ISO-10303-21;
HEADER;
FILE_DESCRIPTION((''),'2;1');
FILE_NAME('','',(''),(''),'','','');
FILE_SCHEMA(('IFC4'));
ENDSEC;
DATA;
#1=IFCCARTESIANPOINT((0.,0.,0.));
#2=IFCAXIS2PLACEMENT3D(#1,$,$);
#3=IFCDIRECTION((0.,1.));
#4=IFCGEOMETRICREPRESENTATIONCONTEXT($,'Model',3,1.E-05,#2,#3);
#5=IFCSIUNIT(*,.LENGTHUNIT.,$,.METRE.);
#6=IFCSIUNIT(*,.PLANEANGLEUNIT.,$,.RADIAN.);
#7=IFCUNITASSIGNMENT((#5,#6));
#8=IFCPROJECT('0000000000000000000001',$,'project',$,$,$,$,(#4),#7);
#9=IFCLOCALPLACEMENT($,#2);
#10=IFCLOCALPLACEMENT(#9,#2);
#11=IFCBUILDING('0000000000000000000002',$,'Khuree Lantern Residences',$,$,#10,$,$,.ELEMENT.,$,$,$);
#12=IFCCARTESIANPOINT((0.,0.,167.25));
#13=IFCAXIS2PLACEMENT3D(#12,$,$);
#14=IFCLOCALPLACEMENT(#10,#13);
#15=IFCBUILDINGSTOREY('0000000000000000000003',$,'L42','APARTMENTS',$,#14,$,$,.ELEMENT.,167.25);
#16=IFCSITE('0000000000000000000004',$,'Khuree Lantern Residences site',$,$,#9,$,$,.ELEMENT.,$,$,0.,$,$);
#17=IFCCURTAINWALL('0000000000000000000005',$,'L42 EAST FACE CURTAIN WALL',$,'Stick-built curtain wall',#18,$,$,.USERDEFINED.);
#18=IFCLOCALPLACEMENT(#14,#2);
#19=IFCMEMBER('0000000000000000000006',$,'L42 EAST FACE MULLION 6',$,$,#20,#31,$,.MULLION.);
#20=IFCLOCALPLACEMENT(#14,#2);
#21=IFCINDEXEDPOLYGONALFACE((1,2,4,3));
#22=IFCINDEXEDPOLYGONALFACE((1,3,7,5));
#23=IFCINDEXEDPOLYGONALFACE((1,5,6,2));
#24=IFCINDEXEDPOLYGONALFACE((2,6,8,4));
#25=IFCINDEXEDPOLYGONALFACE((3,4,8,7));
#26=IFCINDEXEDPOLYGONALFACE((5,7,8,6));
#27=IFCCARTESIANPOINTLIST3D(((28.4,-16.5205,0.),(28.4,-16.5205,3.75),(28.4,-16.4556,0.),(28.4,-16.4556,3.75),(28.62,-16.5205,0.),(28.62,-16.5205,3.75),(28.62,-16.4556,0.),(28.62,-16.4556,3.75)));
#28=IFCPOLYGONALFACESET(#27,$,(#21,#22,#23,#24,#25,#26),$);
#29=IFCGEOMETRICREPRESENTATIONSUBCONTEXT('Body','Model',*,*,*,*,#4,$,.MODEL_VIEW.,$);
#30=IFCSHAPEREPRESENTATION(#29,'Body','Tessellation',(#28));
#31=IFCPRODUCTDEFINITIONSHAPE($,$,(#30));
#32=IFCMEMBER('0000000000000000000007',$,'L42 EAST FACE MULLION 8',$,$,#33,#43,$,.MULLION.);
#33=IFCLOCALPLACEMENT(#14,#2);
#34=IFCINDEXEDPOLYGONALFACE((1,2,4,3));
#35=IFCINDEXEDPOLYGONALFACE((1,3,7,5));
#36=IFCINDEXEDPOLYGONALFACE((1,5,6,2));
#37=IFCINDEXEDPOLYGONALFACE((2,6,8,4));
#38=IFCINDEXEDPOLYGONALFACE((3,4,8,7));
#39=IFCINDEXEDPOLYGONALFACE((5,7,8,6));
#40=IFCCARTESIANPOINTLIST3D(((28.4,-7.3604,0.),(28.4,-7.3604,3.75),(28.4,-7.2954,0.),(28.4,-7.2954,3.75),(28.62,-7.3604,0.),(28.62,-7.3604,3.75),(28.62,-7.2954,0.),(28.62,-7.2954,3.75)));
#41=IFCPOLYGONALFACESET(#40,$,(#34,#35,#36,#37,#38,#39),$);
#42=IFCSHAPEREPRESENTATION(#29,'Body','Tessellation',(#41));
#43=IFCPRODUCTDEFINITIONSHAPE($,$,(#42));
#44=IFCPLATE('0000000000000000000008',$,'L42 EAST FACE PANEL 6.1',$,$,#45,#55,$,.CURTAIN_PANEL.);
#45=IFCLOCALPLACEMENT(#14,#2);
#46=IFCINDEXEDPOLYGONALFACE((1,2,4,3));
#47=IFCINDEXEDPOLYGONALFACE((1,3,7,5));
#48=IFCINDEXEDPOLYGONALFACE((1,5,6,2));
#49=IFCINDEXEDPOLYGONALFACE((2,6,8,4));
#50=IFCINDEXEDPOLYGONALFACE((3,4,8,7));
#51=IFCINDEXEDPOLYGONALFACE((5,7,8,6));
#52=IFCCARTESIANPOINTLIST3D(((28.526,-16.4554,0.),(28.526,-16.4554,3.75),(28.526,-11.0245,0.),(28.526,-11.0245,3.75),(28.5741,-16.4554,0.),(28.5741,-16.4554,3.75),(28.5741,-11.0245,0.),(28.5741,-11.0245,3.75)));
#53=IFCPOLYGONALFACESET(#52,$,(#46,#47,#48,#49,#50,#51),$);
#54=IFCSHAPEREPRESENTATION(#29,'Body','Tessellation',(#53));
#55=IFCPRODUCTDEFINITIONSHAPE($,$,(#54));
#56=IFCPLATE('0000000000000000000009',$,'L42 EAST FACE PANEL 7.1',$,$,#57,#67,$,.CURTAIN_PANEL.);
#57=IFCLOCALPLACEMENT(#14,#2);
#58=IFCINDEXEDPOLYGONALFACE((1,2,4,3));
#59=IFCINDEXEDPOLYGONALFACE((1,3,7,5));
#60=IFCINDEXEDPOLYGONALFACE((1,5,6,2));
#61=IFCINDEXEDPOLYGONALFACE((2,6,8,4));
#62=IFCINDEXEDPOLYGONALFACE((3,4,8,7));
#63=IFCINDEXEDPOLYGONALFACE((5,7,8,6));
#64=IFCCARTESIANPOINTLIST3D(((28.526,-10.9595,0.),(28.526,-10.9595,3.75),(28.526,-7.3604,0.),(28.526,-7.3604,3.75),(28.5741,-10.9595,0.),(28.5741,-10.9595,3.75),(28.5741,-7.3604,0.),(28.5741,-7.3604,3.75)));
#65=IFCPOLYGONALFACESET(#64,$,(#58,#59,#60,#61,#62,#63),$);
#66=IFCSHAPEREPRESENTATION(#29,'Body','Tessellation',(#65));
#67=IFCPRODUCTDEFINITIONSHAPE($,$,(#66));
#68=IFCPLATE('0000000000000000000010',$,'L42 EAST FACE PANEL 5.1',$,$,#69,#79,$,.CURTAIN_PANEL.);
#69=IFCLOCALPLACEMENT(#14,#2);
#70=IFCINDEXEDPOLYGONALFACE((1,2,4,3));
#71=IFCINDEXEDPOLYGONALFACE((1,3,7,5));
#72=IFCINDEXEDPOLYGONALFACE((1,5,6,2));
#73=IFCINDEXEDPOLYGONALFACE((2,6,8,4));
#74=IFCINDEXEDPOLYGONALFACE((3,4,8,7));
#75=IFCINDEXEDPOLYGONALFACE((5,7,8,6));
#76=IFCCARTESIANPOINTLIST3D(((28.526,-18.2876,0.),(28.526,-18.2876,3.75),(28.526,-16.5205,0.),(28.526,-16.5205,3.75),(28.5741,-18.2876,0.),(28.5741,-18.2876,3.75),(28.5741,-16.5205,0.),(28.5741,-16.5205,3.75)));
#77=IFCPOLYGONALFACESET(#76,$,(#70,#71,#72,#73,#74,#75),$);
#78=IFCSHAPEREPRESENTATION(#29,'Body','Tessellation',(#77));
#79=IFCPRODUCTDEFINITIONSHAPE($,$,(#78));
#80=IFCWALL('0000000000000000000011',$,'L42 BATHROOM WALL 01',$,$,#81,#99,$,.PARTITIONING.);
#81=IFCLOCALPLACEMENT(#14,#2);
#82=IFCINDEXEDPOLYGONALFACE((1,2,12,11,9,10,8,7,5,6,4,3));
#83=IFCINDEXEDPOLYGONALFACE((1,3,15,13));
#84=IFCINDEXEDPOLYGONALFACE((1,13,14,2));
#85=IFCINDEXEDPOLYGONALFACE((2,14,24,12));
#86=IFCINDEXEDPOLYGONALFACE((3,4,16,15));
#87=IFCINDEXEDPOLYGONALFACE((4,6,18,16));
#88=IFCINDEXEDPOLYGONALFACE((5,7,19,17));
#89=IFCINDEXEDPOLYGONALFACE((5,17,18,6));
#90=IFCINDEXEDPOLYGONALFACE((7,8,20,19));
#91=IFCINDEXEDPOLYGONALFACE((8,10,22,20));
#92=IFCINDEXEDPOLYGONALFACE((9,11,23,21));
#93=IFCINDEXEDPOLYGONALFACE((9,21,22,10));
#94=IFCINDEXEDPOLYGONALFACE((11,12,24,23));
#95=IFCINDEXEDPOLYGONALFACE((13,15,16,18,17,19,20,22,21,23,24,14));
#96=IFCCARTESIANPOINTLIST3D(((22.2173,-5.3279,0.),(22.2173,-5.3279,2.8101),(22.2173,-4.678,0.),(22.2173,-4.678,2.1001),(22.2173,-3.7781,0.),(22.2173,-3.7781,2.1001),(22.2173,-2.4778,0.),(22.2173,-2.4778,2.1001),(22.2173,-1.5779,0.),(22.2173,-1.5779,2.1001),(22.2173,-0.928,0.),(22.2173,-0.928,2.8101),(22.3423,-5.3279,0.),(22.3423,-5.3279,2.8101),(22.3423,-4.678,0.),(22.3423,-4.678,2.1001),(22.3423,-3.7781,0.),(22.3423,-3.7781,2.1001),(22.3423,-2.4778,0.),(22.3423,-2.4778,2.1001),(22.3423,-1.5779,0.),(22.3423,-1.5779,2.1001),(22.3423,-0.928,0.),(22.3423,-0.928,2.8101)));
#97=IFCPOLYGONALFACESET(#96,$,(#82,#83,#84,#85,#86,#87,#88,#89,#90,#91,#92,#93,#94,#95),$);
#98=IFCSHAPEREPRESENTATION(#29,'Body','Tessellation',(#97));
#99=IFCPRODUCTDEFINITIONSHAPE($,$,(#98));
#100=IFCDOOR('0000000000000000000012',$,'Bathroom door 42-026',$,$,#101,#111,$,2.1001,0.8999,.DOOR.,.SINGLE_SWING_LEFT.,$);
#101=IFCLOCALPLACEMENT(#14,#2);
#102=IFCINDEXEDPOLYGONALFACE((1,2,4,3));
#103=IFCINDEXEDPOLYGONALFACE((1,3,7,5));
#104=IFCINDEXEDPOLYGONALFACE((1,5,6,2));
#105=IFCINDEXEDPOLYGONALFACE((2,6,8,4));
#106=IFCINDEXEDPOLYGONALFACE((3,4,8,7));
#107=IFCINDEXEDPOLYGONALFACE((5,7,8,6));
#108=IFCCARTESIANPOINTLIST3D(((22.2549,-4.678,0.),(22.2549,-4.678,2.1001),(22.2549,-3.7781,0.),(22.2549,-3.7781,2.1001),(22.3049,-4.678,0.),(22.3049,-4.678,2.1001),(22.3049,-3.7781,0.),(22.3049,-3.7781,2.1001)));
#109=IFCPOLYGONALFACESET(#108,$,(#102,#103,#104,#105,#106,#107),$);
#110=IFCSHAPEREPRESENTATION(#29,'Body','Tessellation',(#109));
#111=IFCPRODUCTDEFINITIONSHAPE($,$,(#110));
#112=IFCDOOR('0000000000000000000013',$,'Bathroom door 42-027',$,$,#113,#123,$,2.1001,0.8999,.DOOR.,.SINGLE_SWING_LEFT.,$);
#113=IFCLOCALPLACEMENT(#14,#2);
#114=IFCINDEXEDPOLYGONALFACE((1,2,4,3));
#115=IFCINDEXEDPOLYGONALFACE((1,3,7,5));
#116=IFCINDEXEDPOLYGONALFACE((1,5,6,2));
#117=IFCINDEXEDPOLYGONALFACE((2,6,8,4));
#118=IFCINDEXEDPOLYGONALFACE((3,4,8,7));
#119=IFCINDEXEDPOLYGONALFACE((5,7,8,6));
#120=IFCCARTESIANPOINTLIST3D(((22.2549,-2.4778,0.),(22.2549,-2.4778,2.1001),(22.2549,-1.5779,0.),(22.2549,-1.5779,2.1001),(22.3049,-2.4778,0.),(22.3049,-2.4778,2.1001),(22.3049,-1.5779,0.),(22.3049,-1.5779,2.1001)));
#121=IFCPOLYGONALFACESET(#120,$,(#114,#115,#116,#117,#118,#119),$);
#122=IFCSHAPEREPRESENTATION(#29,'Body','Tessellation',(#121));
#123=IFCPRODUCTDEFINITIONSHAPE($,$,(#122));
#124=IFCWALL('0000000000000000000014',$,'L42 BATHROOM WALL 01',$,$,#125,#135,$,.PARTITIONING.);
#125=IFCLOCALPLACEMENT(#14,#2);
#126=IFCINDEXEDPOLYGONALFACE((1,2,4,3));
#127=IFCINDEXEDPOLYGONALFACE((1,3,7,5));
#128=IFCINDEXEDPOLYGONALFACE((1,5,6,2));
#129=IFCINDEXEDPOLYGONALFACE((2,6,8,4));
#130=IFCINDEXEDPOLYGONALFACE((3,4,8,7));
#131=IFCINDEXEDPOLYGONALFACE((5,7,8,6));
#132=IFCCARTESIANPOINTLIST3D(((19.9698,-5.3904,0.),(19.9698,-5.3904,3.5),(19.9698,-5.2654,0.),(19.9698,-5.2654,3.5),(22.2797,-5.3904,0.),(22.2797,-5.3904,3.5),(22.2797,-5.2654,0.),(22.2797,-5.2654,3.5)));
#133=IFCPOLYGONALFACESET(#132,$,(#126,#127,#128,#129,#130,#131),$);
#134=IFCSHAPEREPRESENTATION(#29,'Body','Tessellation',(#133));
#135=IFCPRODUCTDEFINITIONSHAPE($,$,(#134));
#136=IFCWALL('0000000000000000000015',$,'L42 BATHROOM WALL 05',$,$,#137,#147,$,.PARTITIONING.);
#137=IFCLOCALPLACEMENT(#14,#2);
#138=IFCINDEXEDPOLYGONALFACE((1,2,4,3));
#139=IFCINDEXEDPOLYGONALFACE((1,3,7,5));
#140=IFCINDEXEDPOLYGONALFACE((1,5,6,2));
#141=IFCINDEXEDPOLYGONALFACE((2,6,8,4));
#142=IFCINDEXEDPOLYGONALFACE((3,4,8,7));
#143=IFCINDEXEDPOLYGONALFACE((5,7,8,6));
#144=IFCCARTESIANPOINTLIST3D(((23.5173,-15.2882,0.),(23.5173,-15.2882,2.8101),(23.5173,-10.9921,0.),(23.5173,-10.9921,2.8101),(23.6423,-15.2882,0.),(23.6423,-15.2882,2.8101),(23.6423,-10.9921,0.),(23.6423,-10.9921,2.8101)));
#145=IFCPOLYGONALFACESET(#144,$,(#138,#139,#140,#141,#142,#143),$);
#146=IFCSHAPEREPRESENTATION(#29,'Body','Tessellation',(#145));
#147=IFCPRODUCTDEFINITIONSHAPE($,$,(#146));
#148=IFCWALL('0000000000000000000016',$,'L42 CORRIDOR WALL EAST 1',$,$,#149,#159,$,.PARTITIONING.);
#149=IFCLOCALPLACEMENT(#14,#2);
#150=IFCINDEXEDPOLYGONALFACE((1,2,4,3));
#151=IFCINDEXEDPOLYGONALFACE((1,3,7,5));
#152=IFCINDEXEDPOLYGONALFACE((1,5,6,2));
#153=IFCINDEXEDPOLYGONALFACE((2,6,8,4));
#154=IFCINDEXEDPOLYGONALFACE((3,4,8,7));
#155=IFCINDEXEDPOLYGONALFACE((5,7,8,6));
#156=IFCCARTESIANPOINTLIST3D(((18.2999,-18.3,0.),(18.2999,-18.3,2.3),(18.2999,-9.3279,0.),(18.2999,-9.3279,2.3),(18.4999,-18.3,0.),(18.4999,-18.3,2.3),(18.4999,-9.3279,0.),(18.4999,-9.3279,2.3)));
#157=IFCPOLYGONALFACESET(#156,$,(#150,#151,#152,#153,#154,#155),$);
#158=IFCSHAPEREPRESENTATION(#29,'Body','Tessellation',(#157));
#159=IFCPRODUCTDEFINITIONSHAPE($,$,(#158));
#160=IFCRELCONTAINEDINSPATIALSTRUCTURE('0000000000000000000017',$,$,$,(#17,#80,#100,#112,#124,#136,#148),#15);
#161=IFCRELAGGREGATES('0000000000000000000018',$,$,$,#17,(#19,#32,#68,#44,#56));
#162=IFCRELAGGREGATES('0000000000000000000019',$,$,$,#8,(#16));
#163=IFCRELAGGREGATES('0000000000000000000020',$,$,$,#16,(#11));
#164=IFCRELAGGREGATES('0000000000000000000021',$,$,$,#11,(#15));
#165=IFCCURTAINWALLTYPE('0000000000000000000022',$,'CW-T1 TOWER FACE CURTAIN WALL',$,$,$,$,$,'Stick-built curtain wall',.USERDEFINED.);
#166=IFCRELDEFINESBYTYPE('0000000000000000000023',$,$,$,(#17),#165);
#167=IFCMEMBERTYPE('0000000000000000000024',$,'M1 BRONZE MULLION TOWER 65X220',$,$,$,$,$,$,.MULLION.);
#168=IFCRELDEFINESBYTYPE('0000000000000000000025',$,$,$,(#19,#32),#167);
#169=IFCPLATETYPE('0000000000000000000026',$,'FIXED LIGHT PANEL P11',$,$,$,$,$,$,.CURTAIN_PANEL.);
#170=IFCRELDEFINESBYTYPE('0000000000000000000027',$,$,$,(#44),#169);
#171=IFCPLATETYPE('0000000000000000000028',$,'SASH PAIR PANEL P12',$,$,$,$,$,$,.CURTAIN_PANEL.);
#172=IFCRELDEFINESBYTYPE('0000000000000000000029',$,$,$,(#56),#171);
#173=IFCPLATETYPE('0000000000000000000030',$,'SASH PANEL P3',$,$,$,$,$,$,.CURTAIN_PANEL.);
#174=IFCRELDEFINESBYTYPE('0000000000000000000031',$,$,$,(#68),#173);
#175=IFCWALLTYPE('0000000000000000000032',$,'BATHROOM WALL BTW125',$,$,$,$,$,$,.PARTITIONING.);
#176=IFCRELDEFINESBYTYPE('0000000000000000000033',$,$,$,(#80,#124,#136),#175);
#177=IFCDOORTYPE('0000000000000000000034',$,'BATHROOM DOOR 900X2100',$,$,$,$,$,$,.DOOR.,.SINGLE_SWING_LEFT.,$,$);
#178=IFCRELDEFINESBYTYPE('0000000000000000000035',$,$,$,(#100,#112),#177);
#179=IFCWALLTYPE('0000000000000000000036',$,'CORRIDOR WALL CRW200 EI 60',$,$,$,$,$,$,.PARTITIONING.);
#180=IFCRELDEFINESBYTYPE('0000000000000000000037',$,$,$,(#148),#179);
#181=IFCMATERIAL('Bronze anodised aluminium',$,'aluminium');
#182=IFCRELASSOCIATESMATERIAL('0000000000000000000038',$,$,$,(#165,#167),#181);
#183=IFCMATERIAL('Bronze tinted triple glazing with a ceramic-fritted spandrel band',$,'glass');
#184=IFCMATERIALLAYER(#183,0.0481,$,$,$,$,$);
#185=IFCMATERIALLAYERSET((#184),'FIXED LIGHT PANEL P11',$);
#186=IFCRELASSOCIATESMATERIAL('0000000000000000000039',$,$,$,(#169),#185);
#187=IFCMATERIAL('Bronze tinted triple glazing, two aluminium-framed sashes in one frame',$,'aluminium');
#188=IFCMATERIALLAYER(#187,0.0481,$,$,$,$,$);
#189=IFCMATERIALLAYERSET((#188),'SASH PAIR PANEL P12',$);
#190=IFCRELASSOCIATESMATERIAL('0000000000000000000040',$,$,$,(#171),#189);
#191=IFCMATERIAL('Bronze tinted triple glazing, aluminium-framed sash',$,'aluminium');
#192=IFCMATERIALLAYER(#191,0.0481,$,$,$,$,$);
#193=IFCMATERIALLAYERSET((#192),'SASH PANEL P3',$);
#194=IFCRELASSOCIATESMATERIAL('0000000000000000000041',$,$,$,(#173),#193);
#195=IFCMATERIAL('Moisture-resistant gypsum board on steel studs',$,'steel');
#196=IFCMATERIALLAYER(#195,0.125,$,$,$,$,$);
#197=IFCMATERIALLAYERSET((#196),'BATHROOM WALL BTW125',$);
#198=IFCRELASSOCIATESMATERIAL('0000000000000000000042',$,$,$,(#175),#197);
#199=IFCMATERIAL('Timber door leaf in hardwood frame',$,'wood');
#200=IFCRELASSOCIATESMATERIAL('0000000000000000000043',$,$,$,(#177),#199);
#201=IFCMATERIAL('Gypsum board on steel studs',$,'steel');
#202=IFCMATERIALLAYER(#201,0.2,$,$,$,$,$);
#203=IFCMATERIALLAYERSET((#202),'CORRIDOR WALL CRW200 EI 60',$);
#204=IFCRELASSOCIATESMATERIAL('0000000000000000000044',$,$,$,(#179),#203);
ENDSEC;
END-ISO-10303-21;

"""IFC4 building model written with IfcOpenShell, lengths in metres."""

from ifc_helpers import new_model, si_unit, direction, frame, frame_2d, origin, origin_2d, place, context, subcontext, project, spatial, rectangle, extrude, material, layer, layer_set, material_profile, profile_set, type_object, element, fill, aggregate, save


model = new_model("IFC4")

# Units and contexts
model_context = context("Model", 3, precision=1e-05, world=origin(), true_north=direction((0.0, 1.0)))
body_context = subcontext(model_context, "Body", "Model", "MODEL_VIEW")
ifc_project = project(units=[si_unit("LENGTHUNIT", "METRE"), si_unit("PLANEANGLEUNIT", "RADIAN")], contexts=[model_context])

# Site, building, storey
site_placement = place(None, origin())
site = spatial("IfcSite", under=ifc_project, at=site_placement, Name="Khuree Lantern Residences site", CompositionType="ELEMENT", RefElevation=0.0)
building_placement = place(site_placement, origin())
building = spatial("IfcBuilding", under=site, at=building_placement, Name="Khuree Lantern Residences", CompositionType="ELEMENT")
storey_placement = place(building_placement, frame((0.0, 0.0, 167.25)))
storey = spatial("IfcBuildingStorey", under=building, at=storey_placement, Name="L42", Description="APARTMENTS", CompositionType="ELEMENT", Elevation=167.25)

# Curtain wall
ifc_material_1 = material(Name="Bronze anodised aluminium", Category="aluminium")
curtain_wall_type = type_object("IfcCurtainWallType", Name="CW-T1 TOWER FACE CURTAIN WALL", ElementType="Stick-built curtain wall", PredefinedType="USERDEFINED", material=ifc_material_1)
curtain_wall_placement = place(storey_placement, origin())
curtain_wall = element("IfcCurtainWall", 1, at=curtain_wall_placement, inside=storey, type_object=curtain_wall_type, Name="L42 EAST FACE CURTAIN WALL", ObjectType="Stick-built curtain wall", PredefinedType="USERDEFINED")

# Members
ifc_material_profile_1 = material_profile(ifc_material_1, rectangle(XDim=0.0649, YDim=0.22, at=origin_2d()), Name="M1 65X220")
ifc_profile_set_1 = profile_set([ifc_material_profile_1], Name="Bronze anodised aluminium")
member_type_1 = type_object("IfcMemberType", Name="M1 BRONZE MULLION TOWER 65X220", PredefinedType="MULLION", material=ifc_profile_set_1)
member_1_placement = place(storey_placement, frame((28.51, -16.488, 0.0), z_axis=(0.0, 0.0, 1.0), x_axis=(0.0, 1.0, 0.0)))
member_1 = element("IfcMember", 2, at=member_1_placement, type_object=member_type_1, Name="L42 EAST FACE MULLION 6", PredefinedType="MULLION", context=body_context, shape_type="SweptSolid", body=[
    extrude(rectangle(XDim=0.0649, YDim=0.22, at=origin_2d()), origin(), (0.0, 0.0, 1.0), 3.75),
])
member_2_placement = place(storey_placement, frame((28.51, -7.3279, 0.0), z_axis=(0.0, 0.0, 1.0), x_axis=(0.0, 1.0, 0.0)))
member_2 = element("IfcMember", 3, at=member_2_placement, type_object=member_type_1, Name="L42 EAST FACE MULLION 8", PredefinedType="MULLION", context=body_context, shape_type="SweptSolid", body=[
    extrude(rectangle(XDim=0.0649, YDim=0.22, at=origin_2d()), origin(), (0.0, 0.0, 1.0), 3.75),
])

# Plates
ifc_material_2 = material(Name="Bronze tinted triple glazing with a ceramic-fritted spandrel band", Category="glass")
ifc_layer_1 = layer(ifc_material_2, 0.0481)
ifc_layer_set_1 = layer_set([ifc_layer_1], Name="FIXED LIGHT PANEL P11")
plate_type_1 = type_object("IfcPlateType", Name="FIXED LIGHT PANEL P11", PredefinedType="CURTAIN_PANEL", material=ifc_layer_set_1)
plate_1_placement = place(storey_placement, frame((28.55, -13.74, 0.0), z_axis=(0.0, 0.0, 1.0), x_axis=(0.0, 1.0, 0.0)))
plate_1 = element("IfcPlate", 4, at=plate_1_placement, type_object=plate_type_1, Name="L42 EAST FACE PANEL 6.1", PredefinedType="CURTAIN_PANEL", context=body_context, shape_type="SweptSolid", body=[
    extrude(rectangle(XDim=5.4309, YDim=0.0481, at=origin_2d()), origin(), (0.0, 0.0, 1.0), 3.75),
])
ifc_material_3 = material(Name="Bronze tinted triple glazing, two aluminium-framed sashes in one frame", Category="aluminium")
ifc_layer_2 = layer(ifc_material_3, 0.0481)
ifc_layer_set_2 = layer_set([ifc_layer_2], Name="SASH PAIR PANEL P12")
plate_type_2 = type_object("IfcPlateType", Name="SASH PAIR PANEL P12", PredefinedType="CURTAIN_PANEL", material=ifc_layer_set_2)
plate_2_placement = place(storey_placement, frame((28.55, -9.1599, 0.0), z_axis=(0.0, 0.0, 1.0), x_axis=(0.0, 1.0, 0.0)))
plate_2 = element("IfcPlate", 5, at=plate_2_placement, type_object=plate_type_2, Name="L42 EAST FACE PANEL 7.1", PredefinedType="CURTAIN_PANEL", context=body_context, shape_type="SweptSolid", body=[
    extrude(rectangle(XDim=3.5991, YDim=0.0481, at=origin_2d()), origin(), (0.0, 0.0, 1.0), 3.75),
])
ifc_material_4 = material(Name="Bronze tinted triple glazing, aluminium-framed sash", Category="aluminium")
ifc_layer_3 = layer(ifc_material_4, 0.0481)
ifc_layer_set_3 = layer_set([ifc_layer_3], Name="SASH PANEL P3")
plate_type_3 = type_object("IfcPlateType", Name="SASH PANEL P3", PredefinedType="CURTAIN_PANEL", material=ifc_layer_set_3)
plate_3_placement = place(storey_placement, frame((28.55, -17.4041, 0.0), z_axis=(0.0, 0.0, 1.0), x_axis=(0.0, 1.0, 0.0)))
plate_3 = element("IfcPlate", 6, at=plate_3_placement, type_object=plate_type_3, Name="L42 EAST FACE PANEL 5.1", PredefinedType="CURTAIN_PANEL", context=body_context, shape_type="SweptSolid", body=[
    extrude(rectangle(XDim=1.7671, YDim=0.0481, at=origin_2d()), origin(), (0.0, 0.0, 1.0), 3.75),
])
aggregate(curtain_wall, [member_1, member_2, plate_3, plate_1, plate_2])

# Wall, openings, doors
ifc_material_5 = material(Name="Moisture-resistant gypsum board on steel studs", Category="steel")
ifc_layer_4 = layer(ifc_material_5, 0.125)
ifc_layer_set_4 = layer_set([ifc_layer_4], Name="BATHROOM WALL BTW125")
wall_type_1 = type_object("IfcWallType", Name="BATHROOM WALL BTW125", PredefinedType="PARTITIONING", material=ifc_layer_set_4)
wall_1_placement = place(storey_placement, frame((22.2798, -5.3279, 0.0), z_axis=(0.0, 0.0, 1.0), x_axis=(0.0, 1.0, 0.0)))
wall_1 = element("IfcWall", 7, at=wall_1_placement, inside=storey, type_object=wall_type_1, Name="L42 BATHROOM WALL 01", PredefinedType="PARTITIONING", context=body_context, shape_type="SweptSolid", body=[
    extrude(rectangle(XDim=4.3999, YDim=0.125, at=frame_2d((2.2, 0.0))), origin(), (0.0, 0.0, 1.0), 2.8101),
])
opening_1_placement = place(wall_1_placement, frame((0.6499, 0.0, 0.0)))
opening_1 = element("IfcOpeningElement", 8, at=opening_1_placement, cuts=wall_1, PredefinedType="OPENING", context=body_context, shape_type="SweptSolid", body=[
    extrude(rectangle(XDim=0.8999, YDim=2.1001, at=frame_2d((0.45, 1.05))), frame((0.0, 0.0725, 0.0), z_axis=(0.0, -1.0, 0.0), x_axis=(1.0, 0.0, 0.0)), (0.0, 0.0, 1.0), 0.145),
])
opening_2_placement = place(wall_1_placement, frame((2.8501, 0.0, 0.0)))
opening_2 = element("IfcOpeningElement", 9, at=opening_2_placement, cuts=wall_1, PredefinedType="OPENING", context=body_context, shape_type="SweptSolid", body=[
    extrude(rectangle(XDim=0.8999, YDim=2.1001, at=frame_2d((0.45, 1.05))), frame((0.0, 0.0725, 0.0), z_axis=(0.0, -1.0, 0.0), x_axis=(1.0, 0.0, 0.0)), (0.0, 0.0, 1.0), 0.145),
])
ifc_material_6 = material(Name="Timber door leaf in hardwood frame", Category="wood")
door_type_1 = type_object("IfcDoorType", Name="BATHROOM DOOR 900X2100", OperationType="SINGLE_SWING_LEFT", PredefinedType="DOOR", material=ifc_material_6)
door_1_placement = place(opening_1_placement, origin())
door_1 = element("IfcDoor", 10, at=door_1_placement, inside=storey, type_object=door_type_1, Name="Bathroom door 42-026", OperationType="SINGLE_SWING_LEFT", OverallHeight=2.1001, OverallWidth=0.8999, PredefinedType="DOOR", context=body_context, shape_type="SweptSolid", body=[
    extrude(rectangle(XDim=0.8999, YDim=2.1001, at=frame_2d((0.45, 1.05))), frame((0.0, 0.0249, 0.0), z_axis=(0.0, -1.0, 0.0), x_axis=(1.0, 0.0, 0.0)), (0.0, 0.0, 1.0), 0.05),
])
fill(opening_1, door_1)
door_2_placement = place(opening_2_placement, origin())
door_2 = element("IfcDoor", 11, at=door_2_placement, inside=storey, type_object=door_type_1, Name="Bathroom door 42-027", OperationType="SINGLE_SWING_LEFT", OverallHeight=2.1001, OverallWidth=0.8999, PredefinedType="DOOR", context=body_context, shape_type="SweptSolid", body=[
    extrude(rectangle(XDim=0.8999, YDim=2.1001, at=frame_2d((0.45, 1.05))), frame((0.0, 0.0249, 0.0), z_axis=(0.0, -1.0, 0.0), x_axis=(1.0, 0.0, 0.0)), (0.0, 0.0, 1.0), 0.05),
])
fill(opening_2, door_2)

# Walls
wall_2_placement = place(storey_placement, frame((19.97, -5.3279, 0.0), z_axis=(0.0, 0.0, 1.0), x_axis=(1.0, 0.0, 0.0)))
element("IfcWall", 12, at=wall_2_placement, inside=storey, type_object=wall_type_1, Name="L42 BATHROOM WALL 01", PredefinedType="PARTITIONING", context=body_context, shape_type="SweptSolid", body=[
    extrude(rectangle(XDim=2.3098, YDim=0.125, at=frame_2d((1.1548, 0.0))), origin(), (0.0, 0.0, 1.0), 3.5),
])
wall_3_placement = place(storey_placement, frame((23.5798, -15.2881, 0.0), z_axis=(0.0, 0.0, 1.0), x_axis=(0.0, 1.0, 0.0)))
element("IfcWall", 13, at=wall_3_placement, inside=storey, type_object=wall_type_1, Name="L42 BATHROOM WALL 05", PredefinedType="PARTITIONING", context=body_context, shape_type="SweptSolid", body=[
    extrude(rectangle(XDim=4.2961, YDim=0.125, at=frame_2d((2.1479, 0.0))), origin(), (0.0, 0.0, 1.0), 2.8101),
])
ifc_material_7 = material(Name="Gypsum board on steel studs", Category="steel")
ifc_layer_5 = layer(ifc_material_7, 0.2)
ifc_layer_set_5 = layer_set([ifc_layer_5], Name="CORRIDOR WALL CRW200 EI 60")
wall_type_2 = type_object("IfcWallType", Name="CORRIDOR WALL CRW200 EI 60", PredefinedType="PARTITIONING", material=ifc_layer_set_5)
wall_4_placement = place(storey_placement, frame((18.3999, -18.3, 0.0), z_axis=(0.0, 0.0, 1.0), x_axis=(0.0, 1.0, 0.0)))
element("IfcWall", 14, at=wall_4_placement, inside=storey, type_object=wall_type_2, Name="L42 CORRIDOR WALL EAST 1", PredefinedType="PARTITIONING", context=body_context, shape_type="SweptSolid", body=[
    extrude(rectangle(XDim=8.9722, YDim=0.2, at=frame_2d((4.4861, 0.0))), origin(), (0.0, 0.0, 1.0), 2.3),
])

save(model, "model.ifc")
